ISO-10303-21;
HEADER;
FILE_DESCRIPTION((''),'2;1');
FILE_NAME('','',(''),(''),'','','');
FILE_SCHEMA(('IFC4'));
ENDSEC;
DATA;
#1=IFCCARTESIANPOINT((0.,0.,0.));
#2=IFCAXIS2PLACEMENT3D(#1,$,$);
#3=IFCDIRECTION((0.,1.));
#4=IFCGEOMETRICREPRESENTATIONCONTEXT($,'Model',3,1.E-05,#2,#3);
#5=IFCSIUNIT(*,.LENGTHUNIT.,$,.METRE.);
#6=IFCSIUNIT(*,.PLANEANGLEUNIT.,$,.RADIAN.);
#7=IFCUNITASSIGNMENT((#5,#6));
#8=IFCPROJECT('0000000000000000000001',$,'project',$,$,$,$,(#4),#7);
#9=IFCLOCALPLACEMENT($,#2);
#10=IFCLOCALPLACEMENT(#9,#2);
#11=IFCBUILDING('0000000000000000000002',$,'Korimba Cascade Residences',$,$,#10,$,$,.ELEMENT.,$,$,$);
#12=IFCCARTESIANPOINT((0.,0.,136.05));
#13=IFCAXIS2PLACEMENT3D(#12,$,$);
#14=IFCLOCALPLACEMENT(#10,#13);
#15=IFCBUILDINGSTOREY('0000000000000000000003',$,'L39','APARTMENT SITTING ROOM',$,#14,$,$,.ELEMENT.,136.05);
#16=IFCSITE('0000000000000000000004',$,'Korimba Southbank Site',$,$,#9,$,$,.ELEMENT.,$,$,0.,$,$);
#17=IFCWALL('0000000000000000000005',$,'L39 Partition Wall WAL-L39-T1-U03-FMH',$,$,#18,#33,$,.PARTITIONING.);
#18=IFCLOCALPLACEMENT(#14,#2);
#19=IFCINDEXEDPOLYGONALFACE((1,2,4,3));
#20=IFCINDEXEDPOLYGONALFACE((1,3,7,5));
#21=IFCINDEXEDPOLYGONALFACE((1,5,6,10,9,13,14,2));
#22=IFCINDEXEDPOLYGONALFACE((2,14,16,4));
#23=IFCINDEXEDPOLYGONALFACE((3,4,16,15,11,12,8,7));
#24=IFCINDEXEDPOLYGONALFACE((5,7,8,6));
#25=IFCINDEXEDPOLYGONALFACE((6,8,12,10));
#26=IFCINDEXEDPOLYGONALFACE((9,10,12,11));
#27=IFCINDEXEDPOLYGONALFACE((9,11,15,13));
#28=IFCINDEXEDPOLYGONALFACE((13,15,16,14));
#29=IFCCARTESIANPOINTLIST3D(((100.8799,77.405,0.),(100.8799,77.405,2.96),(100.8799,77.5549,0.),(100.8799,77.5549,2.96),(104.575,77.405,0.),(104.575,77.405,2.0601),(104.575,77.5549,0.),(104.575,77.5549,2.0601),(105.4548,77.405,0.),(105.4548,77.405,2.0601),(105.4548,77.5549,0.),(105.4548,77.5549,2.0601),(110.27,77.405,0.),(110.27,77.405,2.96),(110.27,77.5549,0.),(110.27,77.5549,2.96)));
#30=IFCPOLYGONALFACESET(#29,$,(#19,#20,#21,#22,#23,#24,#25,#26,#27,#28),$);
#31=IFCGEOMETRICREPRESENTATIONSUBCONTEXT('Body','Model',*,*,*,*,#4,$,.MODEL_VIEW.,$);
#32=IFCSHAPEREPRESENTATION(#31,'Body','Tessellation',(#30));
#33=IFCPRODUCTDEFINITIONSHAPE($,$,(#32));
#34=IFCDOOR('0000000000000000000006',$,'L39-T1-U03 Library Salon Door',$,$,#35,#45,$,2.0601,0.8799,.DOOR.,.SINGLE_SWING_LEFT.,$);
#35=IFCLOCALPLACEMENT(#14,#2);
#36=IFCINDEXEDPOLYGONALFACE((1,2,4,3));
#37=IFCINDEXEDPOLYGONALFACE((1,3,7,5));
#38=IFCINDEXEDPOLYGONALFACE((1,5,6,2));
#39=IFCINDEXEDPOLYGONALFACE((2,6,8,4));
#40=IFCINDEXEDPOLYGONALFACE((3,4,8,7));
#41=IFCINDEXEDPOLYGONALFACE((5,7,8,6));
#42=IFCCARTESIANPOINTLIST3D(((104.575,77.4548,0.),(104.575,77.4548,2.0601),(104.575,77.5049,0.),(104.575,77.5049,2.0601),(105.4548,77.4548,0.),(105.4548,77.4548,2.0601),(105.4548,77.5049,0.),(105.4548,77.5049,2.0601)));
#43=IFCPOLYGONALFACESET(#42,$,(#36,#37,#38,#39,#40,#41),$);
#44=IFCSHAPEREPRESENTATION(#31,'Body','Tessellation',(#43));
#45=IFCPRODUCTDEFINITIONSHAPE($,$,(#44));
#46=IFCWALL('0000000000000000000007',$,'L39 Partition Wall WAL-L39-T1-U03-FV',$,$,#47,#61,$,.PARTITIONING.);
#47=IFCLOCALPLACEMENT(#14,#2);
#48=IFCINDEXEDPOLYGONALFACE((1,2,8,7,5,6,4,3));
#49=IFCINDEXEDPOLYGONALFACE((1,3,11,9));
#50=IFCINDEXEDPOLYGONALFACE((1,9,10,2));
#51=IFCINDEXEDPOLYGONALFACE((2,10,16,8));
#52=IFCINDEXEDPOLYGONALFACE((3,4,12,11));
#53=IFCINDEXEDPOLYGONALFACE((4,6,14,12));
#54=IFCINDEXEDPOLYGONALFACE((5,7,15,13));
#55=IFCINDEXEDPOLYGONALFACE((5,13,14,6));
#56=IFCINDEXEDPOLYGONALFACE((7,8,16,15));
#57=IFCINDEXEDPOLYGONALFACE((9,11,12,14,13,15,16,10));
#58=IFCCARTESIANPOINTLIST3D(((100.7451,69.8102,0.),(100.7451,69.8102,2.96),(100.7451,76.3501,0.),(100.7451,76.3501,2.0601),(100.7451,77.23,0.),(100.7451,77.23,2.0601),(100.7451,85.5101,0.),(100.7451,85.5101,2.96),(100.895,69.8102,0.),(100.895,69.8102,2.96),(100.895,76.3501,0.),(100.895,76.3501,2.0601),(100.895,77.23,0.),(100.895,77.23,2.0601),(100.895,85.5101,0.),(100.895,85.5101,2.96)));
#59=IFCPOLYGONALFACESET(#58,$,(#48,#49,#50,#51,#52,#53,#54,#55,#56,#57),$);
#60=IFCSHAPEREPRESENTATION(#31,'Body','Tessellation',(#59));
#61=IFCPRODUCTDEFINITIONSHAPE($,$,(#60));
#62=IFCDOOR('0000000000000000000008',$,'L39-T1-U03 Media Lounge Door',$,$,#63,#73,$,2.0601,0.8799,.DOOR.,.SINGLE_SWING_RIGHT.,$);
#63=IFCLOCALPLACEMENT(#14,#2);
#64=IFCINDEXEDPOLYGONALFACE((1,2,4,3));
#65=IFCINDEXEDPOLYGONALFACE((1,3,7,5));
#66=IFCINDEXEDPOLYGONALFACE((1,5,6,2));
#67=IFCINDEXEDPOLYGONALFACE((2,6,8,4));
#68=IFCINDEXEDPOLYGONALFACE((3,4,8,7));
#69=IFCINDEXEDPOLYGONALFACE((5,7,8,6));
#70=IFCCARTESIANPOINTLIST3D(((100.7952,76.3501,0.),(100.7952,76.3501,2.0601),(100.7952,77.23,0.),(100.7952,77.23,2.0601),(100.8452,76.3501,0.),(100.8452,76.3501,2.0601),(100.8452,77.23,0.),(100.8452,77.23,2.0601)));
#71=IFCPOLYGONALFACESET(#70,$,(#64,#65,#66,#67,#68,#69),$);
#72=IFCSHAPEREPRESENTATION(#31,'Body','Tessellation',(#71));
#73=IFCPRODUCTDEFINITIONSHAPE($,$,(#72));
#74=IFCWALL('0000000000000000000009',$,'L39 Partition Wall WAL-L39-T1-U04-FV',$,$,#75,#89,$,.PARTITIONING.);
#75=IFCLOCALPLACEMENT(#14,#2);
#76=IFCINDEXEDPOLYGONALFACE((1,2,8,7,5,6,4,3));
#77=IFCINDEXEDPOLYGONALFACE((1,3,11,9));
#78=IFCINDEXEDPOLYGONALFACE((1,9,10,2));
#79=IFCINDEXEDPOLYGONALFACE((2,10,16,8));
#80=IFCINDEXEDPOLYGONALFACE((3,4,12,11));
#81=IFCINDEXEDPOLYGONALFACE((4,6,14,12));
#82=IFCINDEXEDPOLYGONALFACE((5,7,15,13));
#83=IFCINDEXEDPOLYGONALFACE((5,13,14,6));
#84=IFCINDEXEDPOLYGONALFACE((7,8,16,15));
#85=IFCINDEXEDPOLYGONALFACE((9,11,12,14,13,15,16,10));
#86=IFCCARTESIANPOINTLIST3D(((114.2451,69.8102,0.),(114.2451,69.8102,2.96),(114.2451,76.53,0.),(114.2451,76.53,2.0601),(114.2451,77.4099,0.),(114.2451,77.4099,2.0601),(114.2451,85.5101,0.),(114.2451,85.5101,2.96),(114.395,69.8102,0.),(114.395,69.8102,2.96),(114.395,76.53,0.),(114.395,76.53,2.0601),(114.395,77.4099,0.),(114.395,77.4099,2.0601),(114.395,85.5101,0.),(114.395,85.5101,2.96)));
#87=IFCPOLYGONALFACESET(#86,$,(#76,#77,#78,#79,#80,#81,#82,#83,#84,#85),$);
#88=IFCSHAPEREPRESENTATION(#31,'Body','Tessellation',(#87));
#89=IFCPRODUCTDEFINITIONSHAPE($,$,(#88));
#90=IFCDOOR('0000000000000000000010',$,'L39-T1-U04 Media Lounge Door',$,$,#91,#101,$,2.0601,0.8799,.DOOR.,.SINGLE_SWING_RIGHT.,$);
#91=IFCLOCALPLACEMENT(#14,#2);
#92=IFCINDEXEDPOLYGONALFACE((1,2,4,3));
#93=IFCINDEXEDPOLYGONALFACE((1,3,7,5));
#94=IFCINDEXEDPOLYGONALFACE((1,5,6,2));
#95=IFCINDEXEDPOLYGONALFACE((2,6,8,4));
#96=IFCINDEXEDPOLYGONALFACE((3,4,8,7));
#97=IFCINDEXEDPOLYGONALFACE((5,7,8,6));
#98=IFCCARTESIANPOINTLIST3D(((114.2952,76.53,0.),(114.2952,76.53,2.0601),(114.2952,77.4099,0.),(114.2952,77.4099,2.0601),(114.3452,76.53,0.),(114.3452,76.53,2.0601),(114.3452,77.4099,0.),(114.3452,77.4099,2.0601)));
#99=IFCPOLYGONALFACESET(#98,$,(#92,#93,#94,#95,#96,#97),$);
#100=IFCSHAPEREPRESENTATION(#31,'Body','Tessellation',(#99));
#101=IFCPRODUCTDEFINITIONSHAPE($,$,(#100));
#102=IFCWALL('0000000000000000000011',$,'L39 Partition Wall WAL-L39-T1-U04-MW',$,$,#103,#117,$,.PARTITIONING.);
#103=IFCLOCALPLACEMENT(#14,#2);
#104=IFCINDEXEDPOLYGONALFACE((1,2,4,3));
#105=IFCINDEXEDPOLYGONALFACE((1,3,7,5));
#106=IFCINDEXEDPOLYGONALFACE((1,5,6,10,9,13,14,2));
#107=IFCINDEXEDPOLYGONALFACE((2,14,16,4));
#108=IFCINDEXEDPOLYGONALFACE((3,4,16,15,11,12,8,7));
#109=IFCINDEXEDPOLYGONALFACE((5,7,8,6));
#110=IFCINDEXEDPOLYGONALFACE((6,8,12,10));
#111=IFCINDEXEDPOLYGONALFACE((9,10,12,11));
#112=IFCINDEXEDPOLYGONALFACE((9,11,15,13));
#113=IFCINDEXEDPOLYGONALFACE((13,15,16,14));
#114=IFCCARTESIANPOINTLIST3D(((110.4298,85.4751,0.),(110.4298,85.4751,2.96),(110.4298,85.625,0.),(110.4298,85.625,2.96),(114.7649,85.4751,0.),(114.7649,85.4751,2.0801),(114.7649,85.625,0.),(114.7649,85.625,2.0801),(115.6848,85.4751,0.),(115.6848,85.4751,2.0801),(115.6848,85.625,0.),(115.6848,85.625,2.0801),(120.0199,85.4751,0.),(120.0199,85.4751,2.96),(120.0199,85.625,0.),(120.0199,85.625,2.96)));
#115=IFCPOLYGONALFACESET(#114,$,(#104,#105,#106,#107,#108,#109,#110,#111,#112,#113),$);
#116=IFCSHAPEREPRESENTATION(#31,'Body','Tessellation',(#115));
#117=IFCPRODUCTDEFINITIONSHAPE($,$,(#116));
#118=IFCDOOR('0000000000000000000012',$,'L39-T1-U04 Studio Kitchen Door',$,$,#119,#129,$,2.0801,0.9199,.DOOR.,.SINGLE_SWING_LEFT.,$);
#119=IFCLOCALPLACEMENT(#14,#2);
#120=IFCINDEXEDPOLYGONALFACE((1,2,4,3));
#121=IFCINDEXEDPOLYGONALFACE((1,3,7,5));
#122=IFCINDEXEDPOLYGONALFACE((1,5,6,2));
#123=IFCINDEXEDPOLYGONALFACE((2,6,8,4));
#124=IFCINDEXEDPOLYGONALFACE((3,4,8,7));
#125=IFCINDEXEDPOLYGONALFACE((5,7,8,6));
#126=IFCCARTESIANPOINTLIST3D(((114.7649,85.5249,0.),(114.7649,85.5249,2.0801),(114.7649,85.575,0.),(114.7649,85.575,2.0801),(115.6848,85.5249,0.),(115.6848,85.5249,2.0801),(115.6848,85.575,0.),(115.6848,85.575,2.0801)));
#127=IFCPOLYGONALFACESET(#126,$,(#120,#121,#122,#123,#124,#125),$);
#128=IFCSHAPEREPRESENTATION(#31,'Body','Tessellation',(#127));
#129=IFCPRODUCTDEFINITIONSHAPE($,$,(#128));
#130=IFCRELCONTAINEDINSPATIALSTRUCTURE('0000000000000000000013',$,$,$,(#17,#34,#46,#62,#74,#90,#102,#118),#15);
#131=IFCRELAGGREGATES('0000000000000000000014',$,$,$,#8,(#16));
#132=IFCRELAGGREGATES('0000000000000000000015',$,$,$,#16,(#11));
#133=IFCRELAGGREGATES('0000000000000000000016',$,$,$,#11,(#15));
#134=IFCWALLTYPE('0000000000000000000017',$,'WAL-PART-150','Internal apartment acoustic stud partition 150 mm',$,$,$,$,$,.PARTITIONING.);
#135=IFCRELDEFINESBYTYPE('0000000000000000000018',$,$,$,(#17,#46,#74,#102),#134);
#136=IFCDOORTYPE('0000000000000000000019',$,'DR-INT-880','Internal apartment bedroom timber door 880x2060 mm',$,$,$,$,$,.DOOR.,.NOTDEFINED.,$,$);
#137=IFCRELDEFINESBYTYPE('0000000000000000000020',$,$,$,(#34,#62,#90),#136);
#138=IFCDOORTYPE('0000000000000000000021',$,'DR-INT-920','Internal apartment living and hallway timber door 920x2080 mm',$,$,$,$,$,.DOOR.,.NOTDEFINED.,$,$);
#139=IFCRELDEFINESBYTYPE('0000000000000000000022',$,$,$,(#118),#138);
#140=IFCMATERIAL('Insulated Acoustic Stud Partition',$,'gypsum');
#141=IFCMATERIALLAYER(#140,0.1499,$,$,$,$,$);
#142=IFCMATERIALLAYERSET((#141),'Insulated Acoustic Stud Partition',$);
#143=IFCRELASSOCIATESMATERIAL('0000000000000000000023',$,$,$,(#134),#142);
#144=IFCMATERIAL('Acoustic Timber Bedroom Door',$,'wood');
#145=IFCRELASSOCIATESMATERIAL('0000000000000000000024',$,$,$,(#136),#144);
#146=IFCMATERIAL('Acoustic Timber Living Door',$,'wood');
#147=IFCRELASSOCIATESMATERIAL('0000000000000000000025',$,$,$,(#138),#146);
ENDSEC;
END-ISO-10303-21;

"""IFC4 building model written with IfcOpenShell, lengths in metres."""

from ifc_helpers import new_model, si_unit, direction, frame, frame_2d, origin, place, context, subcontext, project, spatial, rectangle, extrude, material, layer, layer_set, type_object, element, fill, save


model = new_model("IFC4")

# Units and contexts
model_context = context("Model", 3, precision=1e-05, world=origin(), true_north=direction((0.0, 1.0)))
body_context = subcontext(model_context, "Body", "Model", "MODEL_VIEW")
ifc_project = project(units=[si_unit("LENGTHUNIT", "METRE"), si_unit("PLANEANGLEUNIT", "RADIAN")], contexts=[model_context])

# Site, building, storey
site_placement = place(None, origin())
site = spatial("IfcSite", under=ifc_project, at=site_placement, Name="Korimba Southbank Site", CompositionType="ELEMENT", RefElevation=0.0)
building_placement = place(site_placement, origin())
building = spatial("IfcBuilding", under=site, at=building_placement, Name="Korimba Cascade Residences", CompositionType="ELEMENT")
storey_placement = place(building_placement, frame((0.0, 0.0, 136.05)))
storey = spatial("IfcBuildingStorey", under=building, at=storey_placement, Name="L39", Description="APARTMENT SITTING ROOM", CompositionType="ELEMENT", Elevation=136.05)

# Walls, openings, doors
ifc_material_1 = material(Name="Insulated Acoustic Stud Partition", Category="gypsum")
ifc_layer_1 = layer(ifc_material_1, 0.1499)
ifc_layer_set_1 = layer_set([ifc_layer_1], Name="Insulated Acoustic Stud Partition")
wall_type_1 = type_object("IfcWallType", Name="WAL-PART-150", Description="Internal apartment acoustic stud partition 150 mm", PredefinedType="PARTITIONING", material=ifc_layer_set_1)
wall_1_placement = place(storey_placement, frame((100.8799, 77.48, 0.0), z_axis=(0.0, 0.0, 1.0), x_axis=(1.0, 0.0, 0.0)))
wall_1 = element("IfcWall", 1, at=wall_1_placement, inside=storey, type_object=wall_type_1, Name="L39 Partition Wall WAL-L39-T1-U03-FMH", PredefinedType="PARTITIONING", context=body_context, shape_type="SweptSolid", body=[
    extrude(rectangle(XDim=9.3901, YDim=0.1499, at=frame_2d((4.6951, 0.0))), origin(), (0.0, 0.0, 1.0), 2.96),
])
opening_1_placement = place(wall_1_placement, frame((3.6951, 0.0, 0.0)))
opening_1 = element("IfcOpeningElement", 2, at=opening_1_placement, cuts=wall_1, PredefinedType="OPENING", context=body_context, shape_type="SweptSolid", body=[
    extrude(rectangle(XDim=0.8799, YDim=2.0601, at=frame_2d((0.4399, 1.03))), frame((0.0, 0.085, 0.0), z_axis=(0.0, -1.0, 0.0), x_axis=(1.0, 0.0, 0.0)), (0.0, 0.0, 1.0), 0.1699),
])
ifc_material_2 = material(Name="Acoustic Timber Bedroom Door", Category="wood")
door_type_1 = type_object("IfcDoorType", Name="DR-INT-880", Description="Internal apartment bedroom timber door 880x2060 mm", OperationType="NOTDEFINED", PredefinedType="DOOR", material=ifc_material_2)
door_1_placement = place(opening_1_placement, origin())
door_1 = element("IfcDoor", 3, at=door_1_placement, inside=storey, type_object=door_type_1, Name="L39-T1-U03 Library Salon Door", OperationType="SINGLE_SWING_LEFT", OverallHeight=2.0601, OverallWidth=0.8799, PredefinedType="DOOR", context=body_context, shape_type="SweptSolid", body=[
    extrude(rectangle(XDim=0.8799, YDim=2.0601, at=frame_2d((0.4399, 1.03))), frame((0.0, 0.0249, 0.0), z_axis=(0.0, -1.0, 0.0), x_axis=(1.0, 0.0, 0.0)), (0.0, 0.0, 1.0), 0.05),
])
fill(opening_1, door_1)
wall_2_placement = place(storey_placement, frame((100.8201, 69.8101, 0.0), z_axis=(0.0, 0.0, 1.0), x_axis=(0.0, 1.0, 0.0)))
wall_2 = element("IfcWall", 4, at=wall_2_placement, inside=storey, type_object=wall_type_1, Name="L39 Partition Wall WAL-L39-T1-U03-FV", PredefinedType="PARTITIONING", context=body_context, shape_type="SweptSolid", body=[
    extrude(rectangle(XDim=15.7, YDim=0.1499, at=frame_2d((7.8501, 0.0))), origin(), (0.0, 0.0, 1.0), 2.96),
])
opening_2_placement = place(wall_2_placement, frame((6.54, 0.0, 0.0)))
opening_2 = element("IfcOpeningElement", 5, at=opening_2_placement, cuts=wall_2, PredefinedType="OPENING", context=body_context, shape_type="SweptSolid", body=[
    extrude(rectangle(XDim=0.8799, YDim=2.0601, at=frame_2d((0.4399, 1.03))), frame((0.0, 0.085, 0.0), z_axis=(0.0, -1.0, 0.0), x_axis=(1.0, 0.0, 0.0)), (0.0, 0.0, 1.0), 0.1699),
])
door_2_placement = place(opening_2_placement, origin())
door_2 = element("IfcDoor", 6, at=door_2_placement, inside=storey, type_object=door_type_1, Name="L39-T1-U03 Media Lounge Door", OperationType="SINGLE_SWING_RIGHT", OverallHeight=2.0601, OverallWidth=0.8799, PredefinedType="DOOR", context=body_context, shape_type="SweptSolid", body=[
    extrude(rectangle(XDim=0.8799, YDim=2.0601, at=frame_2d((0.4399, 1.03))), frame((0.0, 0.0249, 0.0), z_axis=(0.0, -1.0, 0.0), x_axis=(1.0, 0.0, 0.0)), (0.0, 0.0, 1.0), 0.05),
])
fill(opening_2, door_2)
wall_3_placement = place(storey_placement, frame((114.3201, 69.8101, 0.0), z_axis=(0.0, 0.0, 1.0), x_axis=(0.0, 1.0, 0.0)))
wall_3 = element("IfcWall", 7, at=wall_3_placement, inside=storey, type_object=wall_type_1, Name="L39 Partition Wall WAL-L39-T1-U04-FV", PredefinedType="PARTITIONING", context=body_context, shape_type="SweptSolid", body=[
    extrude(rectangle(XDim=15.7, YDim=0.1499, at=frame_2d((7.8501, 0.0))), origin(), (0.0, 0.0, 1.0), 2.96),
])
opening_3_placement = place(wall_3_placement, frame((6.72, 0.0, 0.0)))
opening_3 = element("IfcOpeningElement", 8, at=opening_3_placement, cuts=wall_3, PredefinedType="OPENING", context=body_context, shape_type="SweptSolid", body=[
    extrude(rectangle(XDim=0.8799, YDim=2.0601, at=frame_2d((0.4399, 1.03))), frame((0.0, 0.085, 0.0), z_axis=(0.0, -1.0, 0.0), x_axis=(1.0, 0.0, 0.0)), (0.0, 0.0, 1.0), 0.1699),
])
door_3_placement = place(opening_3_placement, origin())
door_3 = element("IfcDoor", 9, at=door_3_placement, inside=storey, type_object=door_type_1, Name="L39-T1-U04 Media Lounge Door", OperationType="SINGLE_SWING_RIGHT", OverallHeight=2.0601, OverallWidth=0.8799, PredefinedType="DOOR", context=body_context, shape_type="SweptSolid", body=[
    extrude(rectangle(XDim=0.8799, YDim=2.0601, at=frame_2d((0.4399, 1.03))), frame((0.0, 0.0249, 0.0), z_axis=(0.0, -1.0, 0.0), x_axis=(1.0, 0.0, 0.0)), (0.0, 0.0, 1.0), 0.05),
])
fill(opening_3, door_3)
wall_4_placement = place(storey_placement, frame((110.4299, 85.55, 0.0), z_axis=(0.0, 0.0, 1.0), x_axis=(1.0, 0.0, 0.0)))
wall_4 = element("IfcWall", 10, at=wall_4_placement, inside=storey, type_object=wall_type_1, Name="L39 Partition Wall WAL-L39-T1-U04-MW", PredefinedType="PARTITIONING", context=body_context, shape_type="SweptSolid", body=[
    extrude(rectangle(XDim=9.5901, YDim=0.1499, at=frame_2d((4.7949, 0.0))), origin(), (0.0, 0.0, 1.0), 2.96),
])
opening_4_placement = place(wall_4_placement, frame((4.335, 0.0, 0.0)))
opening_4 = element("IfcOpeningElement", 11, at=opening_4_placement, cuts=wall_4, PredefinedType="OPENING", context=body_context, shape_type="SweptSolid", body=[
    extrude(rectangle(XDim=0.9199, YDim=2.0801, at=frame_2d((0.46, 1.04))), frame((0.0, 0.085, 0.0), z_axis=(0.0, -1.0, 0.0), x_axis=(1.0, 0.0, 0.0)), (0.0, 0.0, 1.0), 0.1699),
])
ifc_material_3 = material(Name="Acoustic Timber Living Door", Category="wood")
door_type_2 = type_object("IfcDoorType", Name="DR-INT-920", Description="Internal apartment living and hallway timber door 920x2080 mm", OperationType="NOTDEFINED", PredefinedType="DOOR", material=ifc_material_3)
door_4_placement = place(opening_4_placement, origin())
door_4 = element("IfcDoor", 12, at=door_4_placement, inside=storey, type_object=door_type_2, Name="L39-T1-U04 Studio Kitchen Door", OperationType="SINGLE_SWING_LEFT", OverallHeight=2.0801, OverallWidth=0.9199, PredefinedType="DOOR", context=body_context, shape_type="SweptSolid", body=[
    extrude(rectangle(XDim=0.9199, YDim=2.0801, at=frame_2d((0.46, 1.04))), frame((0.0, 0.0249, 0.0), z_axis=(0.0, -1.0, 0.0), x_axis=(1.0, 0.0, 0.0)), (0.0, 0.0, 1.0), 0.05),
])
fill(opening_4, door_4)

save(model, "model.ifc")
